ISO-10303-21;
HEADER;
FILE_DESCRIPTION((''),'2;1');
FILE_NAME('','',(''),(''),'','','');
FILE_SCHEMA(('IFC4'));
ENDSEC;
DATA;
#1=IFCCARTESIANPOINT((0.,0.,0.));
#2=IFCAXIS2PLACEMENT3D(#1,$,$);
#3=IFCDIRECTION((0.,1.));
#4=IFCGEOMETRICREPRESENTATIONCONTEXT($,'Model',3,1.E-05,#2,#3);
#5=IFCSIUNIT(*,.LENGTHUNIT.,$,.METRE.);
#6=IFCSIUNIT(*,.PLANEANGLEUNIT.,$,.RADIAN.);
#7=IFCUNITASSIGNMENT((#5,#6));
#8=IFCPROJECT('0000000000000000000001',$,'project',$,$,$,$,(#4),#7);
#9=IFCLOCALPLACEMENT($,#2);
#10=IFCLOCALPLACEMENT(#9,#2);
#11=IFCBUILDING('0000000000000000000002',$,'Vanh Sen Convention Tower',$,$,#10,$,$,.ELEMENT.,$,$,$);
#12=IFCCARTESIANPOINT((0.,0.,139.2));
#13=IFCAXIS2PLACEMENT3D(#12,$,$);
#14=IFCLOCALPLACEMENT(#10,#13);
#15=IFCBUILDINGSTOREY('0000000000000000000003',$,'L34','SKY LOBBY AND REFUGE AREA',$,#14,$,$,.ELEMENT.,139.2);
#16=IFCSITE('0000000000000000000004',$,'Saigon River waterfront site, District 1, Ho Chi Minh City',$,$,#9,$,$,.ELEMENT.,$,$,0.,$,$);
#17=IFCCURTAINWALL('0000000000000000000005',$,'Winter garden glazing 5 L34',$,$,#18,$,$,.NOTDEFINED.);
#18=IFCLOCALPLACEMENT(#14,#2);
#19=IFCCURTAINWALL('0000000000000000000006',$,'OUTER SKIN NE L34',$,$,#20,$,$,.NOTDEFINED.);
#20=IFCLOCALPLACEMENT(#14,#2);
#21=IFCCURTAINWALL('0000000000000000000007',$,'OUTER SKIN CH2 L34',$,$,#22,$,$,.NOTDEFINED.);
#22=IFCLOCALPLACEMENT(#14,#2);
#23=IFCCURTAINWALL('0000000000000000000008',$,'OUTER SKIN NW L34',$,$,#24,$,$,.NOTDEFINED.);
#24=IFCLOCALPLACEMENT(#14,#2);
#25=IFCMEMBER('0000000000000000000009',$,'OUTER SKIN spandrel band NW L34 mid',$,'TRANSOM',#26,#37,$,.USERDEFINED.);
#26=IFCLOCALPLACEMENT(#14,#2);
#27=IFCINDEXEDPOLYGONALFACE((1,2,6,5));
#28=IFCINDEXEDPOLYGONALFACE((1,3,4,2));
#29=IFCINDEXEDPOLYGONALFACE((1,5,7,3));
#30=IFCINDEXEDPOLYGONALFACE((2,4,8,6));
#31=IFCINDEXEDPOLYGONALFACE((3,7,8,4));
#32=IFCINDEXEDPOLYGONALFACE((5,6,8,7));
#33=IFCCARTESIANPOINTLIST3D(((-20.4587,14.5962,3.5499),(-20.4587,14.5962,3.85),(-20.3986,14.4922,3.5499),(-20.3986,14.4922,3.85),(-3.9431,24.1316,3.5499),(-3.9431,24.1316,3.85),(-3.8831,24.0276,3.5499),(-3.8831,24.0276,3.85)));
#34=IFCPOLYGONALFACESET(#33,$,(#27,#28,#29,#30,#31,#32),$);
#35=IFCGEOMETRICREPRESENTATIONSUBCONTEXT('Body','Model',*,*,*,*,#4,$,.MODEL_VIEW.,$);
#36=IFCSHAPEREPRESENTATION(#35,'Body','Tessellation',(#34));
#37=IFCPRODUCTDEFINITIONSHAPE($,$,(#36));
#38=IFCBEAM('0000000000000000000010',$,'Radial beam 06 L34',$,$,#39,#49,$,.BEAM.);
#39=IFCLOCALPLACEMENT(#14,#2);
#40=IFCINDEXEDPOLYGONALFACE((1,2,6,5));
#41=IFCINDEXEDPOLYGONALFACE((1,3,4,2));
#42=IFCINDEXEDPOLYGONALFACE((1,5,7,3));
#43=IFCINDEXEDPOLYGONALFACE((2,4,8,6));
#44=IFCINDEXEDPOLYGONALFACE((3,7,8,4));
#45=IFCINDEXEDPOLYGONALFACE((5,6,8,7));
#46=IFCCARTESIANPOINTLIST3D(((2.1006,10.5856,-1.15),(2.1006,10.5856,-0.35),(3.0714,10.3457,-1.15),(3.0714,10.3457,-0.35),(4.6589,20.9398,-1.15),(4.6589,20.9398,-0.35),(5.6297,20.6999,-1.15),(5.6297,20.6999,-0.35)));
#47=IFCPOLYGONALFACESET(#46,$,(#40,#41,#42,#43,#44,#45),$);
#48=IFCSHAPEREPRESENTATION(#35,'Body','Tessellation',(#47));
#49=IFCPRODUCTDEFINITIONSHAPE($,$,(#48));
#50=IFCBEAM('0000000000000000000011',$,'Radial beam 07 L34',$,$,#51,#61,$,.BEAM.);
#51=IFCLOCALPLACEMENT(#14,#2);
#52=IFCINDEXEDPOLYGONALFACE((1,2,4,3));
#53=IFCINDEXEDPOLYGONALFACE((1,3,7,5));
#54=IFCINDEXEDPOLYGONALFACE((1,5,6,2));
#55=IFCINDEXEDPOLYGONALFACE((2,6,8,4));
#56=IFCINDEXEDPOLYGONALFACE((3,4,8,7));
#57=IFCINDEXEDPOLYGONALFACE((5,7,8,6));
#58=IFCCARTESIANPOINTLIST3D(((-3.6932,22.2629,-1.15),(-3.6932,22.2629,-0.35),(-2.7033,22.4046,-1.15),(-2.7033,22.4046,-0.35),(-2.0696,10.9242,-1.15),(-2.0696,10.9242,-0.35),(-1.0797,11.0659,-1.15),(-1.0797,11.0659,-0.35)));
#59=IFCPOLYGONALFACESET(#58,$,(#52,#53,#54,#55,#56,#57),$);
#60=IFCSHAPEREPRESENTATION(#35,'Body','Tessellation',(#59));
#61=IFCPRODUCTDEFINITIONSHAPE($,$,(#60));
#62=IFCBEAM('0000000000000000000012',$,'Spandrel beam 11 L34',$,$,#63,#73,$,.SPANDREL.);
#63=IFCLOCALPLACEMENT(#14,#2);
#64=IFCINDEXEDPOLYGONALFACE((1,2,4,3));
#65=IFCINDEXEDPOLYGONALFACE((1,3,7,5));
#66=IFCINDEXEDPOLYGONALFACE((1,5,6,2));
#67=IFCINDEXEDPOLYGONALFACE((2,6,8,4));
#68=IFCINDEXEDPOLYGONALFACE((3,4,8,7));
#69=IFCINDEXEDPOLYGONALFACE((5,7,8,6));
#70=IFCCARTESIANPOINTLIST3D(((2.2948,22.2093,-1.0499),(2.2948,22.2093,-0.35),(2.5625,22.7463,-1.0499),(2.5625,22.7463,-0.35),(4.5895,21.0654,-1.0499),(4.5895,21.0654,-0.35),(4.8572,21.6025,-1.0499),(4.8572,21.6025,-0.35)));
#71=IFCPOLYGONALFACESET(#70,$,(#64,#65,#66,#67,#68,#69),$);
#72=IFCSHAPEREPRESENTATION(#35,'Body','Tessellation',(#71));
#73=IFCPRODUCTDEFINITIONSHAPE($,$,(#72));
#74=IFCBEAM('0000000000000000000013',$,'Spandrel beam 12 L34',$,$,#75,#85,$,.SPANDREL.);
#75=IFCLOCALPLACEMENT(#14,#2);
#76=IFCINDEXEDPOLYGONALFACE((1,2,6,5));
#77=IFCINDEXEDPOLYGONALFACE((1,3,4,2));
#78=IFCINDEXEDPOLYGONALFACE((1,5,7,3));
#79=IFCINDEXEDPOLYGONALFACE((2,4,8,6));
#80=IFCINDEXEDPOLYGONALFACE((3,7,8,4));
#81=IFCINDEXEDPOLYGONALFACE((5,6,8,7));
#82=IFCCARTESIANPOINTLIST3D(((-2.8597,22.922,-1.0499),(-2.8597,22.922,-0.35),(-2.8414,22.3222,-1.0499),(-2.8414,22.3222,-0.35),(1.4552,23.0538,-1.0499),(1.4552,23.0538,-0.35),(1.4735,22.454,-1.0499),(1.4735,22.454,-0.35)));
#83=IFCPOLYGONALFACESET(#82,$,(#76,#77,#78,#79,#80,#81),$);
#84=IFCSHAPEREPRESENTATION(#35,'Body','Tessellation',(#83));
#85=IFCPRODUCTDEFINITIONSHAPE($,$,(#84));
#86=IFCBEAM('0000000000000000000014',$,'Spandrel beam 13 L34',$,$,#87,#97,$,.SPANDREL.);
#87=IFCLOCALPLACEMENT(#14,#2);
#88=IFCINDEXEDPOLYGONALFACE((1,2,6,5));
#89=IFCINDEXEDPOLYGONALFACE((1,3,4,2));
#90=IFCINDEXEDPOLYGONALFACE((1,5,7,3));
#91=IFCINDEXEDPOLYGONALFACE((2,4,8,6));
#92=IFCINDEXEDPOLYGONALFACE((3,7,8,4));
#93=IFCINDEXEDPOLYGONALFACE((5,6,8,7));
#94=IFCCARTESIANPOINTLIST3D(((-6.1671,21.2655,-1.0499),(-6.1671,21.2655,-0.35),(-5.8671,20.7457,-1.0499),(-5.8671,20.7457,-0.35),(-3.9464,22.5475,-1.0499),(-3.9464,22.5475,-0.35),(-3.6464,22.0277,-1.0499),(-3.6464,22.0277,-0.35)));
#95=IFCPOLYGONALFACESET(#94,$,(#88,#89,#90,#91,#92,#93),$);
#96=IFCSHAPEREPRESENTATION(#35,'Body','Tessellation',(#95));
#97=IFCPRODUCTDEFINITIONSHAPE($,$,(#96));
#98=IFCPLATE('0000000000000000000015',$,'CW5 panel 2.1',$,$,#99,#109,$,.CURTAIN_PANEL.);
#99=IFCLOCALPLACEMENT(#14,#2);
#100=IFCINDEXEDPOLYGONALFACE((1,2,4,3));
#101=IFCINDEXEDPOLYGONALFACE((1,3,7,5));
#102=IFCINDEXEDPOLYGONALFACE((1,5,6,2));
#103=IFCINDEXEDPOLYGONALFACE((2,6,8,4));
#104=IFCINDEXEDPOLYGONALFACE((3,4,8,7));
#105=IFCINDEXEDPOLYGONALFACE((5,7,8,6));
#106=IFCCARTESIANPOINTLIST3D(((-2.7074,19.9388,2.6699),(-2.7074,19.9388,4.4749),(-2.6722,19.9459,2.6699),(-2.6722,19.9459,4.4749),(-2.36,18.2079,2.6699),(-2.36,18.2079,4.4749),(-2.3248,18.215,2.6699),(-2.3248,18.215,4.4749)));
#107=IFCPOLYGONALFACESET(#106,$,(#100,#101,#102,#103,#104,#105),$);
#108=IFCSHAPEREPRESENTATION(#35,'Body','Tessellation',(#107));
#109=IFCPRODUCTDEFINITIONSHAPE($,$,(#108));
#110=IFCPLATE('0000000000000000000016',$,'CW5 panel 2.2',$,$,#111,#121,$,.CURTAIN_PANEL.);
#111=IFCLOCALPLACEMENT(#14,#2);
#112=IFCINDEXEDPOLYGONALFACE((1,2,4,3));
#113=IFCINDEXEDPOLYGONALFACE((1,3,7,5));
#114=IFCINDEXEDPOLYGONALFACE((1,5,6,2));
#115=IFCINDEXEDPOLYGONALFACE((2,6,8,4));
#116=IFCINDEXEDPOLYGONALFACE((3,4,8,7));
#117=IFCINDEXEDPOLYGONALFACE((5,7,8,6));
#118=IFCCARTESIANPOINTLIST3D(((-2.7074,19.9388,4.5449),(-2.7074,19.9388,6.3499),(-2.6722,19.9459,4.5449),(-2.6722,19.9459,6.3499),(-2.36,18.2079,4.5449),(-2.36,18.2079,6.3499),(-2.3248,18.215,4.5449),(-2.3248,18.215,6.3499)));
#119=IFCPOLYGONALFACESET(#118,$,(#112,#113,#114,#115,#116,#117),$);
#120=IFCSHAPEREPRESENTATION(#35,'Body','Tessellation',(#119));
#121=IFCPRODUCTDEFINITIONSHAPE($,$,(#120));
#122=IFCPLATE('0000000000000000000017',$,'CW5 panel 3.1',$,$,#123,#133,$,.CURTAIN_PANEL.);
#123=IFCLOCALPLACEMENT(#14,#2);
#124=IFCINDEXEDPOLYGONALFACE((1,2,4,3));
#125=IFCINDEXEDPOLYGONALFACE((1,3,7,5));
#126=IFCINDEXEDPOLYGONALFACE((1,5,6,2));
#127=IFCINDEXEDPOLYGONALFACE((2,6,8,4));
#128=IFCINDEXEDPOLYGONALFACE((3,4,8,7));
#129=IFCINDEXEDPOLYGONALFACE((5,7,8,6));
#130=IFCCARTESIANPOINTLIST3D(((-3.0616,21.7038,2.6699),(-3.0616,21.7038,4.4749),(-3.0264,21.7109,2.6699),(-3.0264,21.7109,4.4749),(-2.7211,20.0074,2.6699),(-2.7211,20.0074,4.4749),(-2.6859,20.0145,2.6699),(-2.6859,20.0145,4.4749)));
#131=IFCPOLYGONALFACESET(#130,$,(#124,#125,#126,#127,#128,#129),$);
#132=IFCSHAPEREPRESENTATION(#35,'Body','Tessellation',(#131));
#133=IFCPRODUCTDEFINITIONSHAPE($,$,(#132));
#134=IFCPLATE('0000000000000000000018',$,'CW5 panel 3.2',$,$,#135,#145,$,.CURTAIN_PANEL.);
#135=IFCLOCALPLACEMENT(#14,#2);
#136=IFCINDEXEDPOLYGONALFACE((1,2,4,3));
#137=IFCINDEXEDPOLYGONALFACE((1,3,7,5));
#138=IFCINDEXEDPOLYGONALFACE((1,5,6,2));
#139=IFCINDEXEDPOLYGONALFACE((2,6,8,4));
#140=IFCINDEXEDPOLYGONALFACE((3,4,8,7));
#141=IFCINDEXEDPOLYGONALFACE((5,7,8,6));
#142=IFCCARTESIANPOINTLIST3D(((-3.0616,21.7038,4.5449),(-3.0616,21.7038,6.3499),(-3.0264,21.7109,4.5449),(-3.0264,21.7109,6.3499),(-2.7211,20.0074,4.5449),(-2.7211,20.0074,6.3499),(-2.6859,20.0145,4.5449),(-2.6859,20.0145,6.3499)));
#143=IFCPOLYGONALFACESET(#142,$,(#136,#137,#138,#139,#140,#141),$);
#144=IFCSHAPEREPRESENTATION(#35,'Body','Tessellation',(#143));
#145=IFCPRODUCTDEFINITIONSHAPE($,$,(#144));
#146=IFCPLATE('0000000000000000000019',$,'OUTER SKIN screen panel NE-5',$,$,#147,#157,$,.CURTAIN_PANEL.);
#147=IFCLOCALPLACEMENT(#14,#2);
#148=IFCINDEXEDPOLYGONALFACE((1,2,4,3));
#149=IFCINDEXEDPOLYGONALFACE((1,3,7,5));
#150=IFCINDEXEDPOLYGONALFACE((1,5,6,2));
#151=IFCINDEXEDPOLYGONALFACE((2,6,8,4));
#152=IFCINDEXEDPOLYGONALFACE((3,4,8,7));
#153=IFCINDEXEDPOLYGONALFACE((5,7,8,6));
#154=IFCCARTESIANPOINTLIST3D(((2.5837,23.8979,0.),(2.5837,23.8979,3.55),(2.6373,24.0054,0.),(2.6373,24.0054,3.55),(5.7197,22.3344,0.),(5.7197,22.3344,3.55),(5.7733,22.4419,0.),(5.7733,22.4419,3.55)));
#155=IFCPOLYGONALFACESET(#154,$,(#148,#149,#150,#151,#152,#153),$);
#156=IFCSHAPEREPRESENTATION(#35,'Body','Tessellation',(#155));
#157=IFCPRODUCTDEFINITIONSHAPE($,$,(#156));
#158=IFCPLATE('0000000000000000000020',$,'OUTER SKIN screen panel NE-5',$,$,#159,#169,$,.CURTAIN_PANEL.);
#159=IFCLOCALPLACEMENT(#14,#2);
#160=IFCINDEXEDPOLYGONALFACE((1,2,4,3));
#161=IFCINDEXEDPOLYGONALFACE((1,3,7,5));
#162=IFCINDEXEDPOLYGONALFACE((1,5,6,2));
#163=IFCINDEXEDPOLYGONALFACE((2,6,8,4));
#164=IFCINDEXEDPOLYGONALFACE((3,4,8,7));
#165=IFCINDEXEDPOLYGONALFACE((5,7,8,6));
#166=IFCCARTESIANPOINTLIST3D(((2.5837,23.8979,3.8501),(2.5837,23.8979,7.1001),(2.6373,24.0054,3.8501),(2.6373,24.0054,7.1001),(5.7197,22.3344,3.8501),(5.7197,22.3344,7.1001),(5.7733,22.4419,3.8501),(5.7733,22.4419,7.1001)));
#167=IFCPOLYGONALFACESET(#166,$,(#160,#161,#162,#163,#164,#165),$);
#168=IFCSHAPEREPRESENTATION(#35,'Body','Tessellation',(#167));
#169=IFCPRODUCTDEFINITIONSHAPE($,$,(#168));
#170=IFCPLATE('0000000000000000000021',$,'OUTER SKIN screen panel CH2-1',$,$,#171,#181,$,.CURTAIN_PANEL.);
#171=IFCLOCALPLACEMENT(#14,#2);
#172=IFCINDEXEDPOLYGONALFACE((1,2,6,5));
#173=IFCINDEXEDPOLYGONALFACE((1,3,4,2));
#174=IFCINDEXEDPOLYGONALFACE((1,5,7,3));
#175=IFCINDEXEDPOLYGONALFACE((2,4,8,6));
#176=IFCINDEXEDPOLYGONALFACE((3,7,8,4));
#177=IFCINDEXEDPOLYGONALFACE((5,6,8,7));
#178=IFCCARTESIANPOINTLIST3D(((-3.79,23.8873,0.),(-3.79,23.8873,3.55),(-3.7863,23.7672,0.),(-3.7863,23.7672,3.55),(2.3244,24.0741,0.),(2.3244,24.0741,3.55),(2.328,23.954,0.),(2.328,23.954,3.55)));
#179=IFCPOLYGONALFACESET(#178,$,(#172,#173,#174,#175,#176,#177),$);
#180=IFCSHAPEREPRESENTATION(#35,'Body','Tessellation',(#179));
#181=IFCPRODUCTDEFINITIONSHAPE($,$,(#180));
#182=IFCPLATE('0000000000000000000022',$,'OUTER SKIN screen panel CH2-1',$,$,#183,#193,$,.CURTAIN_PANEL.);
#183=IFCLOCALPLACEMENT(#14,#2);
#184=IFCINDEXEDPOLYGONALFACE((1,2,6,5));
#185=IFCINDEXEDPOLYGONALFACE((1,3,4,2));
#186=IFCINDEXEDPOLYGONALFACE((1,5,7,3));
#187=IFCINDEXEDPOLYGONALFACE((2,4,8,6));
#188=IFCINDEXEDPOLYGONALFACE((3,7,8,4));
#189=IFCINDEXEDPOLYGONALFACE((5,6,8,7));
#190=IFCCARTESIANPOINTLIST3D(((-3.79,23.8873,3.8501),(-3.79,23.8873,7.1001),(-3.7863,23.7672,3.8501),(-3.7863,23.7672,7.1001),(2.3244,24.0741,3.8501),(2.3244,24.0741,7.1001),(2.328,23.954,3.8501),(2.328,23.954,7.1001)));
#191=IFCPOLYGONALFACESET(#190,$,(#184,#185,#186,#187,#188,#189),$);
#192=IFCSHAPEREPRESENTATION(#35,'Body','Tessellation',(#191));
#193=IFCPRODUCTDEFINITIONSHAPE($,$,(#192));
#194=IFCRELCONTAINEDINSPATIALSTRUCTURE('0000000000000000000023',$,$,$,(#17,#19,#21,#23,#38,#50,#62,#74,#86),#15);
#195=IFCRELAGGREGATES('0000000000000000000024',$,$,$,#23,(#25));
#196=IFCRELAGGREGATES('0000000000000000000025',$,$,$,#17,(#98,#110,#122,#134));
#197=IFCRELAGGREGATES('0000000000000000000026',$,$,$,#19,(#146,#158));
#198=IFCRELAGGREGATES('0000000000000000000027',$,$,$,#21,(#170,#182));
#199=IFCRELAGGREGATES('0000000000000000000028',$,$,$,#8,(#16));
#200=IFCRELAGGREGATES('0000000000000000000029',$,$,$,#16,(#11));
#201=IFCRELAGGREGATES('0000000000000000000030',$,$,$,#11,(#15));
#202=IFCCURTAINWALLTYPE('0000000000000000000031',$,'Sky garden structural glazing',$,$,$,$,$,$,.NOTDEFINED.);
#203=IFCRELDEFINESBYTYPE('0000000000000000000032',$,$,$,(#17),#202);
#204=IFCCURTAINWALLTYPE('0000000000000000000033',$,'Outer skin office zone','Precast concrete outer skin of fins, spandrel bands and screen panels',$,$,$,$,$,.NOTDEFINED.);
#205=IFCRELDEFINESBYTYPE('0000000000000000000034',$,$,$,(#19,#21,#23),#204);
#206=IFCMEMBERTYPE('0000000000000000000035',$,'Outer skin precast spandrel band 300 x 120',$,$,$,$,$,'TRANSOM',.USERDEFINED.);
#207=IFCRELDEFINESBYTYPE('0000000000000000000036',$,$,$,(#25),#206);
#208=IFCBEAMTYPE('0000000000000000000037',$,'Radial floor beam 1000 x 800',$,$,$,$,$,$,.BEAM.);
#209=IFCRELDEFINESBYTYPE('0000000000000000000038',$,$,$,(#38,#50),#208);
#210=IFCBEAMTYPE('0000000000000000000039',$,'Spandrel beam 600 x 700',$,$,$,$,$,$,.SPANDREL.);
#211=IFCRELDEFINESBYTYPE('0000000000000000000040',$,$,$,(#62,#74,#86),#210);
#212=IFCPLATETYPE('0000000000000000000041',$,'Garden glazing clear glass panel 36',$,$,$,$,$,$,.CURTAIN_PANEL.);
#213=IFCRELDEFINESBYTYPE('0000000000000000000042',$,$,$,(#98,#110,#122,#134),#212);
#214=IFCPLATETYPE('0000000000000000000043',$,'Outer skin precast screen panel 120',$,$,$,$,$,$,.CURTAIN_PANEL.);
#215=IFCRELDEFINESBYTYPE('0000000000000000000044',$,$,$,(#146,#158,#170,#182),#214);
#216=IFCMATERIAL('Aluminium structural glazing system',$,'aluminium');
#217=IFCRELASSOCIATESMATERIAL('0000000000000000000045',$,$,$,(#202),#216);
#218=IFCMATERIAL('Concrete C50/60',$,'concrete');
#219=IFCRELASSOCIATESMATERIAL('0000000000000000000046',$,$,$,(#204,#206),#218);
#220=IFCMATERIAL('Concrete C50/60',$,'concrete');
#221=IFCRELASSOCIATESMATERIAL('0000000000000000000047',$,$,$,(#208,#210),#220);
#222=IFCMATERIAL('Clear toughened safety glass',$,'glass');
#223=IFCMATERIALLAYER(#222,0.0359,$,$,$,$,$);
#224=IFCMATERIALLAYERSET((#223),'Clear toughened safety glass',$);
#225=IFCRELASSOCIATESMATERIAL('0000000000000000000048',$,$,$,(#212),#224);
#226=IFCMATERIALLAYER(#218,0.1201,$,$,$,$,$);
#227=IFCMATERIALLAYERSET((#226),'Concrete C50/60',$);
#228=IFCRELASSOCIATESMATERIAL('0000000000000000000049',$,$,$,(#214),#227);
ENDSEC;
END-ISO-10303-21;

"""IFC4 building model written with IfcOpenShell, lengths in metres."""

from ifc_helpers import new_model, si_unit, direction, frame, origin, origin_2d, place, context, subcontext, project, spatial, rectangle, extrude, material, layer, layer_set, material_profile, profile_set, type_object, element, aggregate, save


model = new_model("IFC4")

# Units and contexts
model_context = context("Model", 3, precision=1e-05, world=origin(), true_north=direction((0.0, 1.0)))
body_context = subcontext(model_context, "Body", "Model", "MODEL_VIEW")
ifc_project = project(units=[si_unit("LENGTHUNIT", "METRE"), si_unit("PLANEANGLEUNIT", "RADIAN")], contexts=[model_context])

# Site, building, storey
site_placement = place(None, origin())
site = spatial("IfcSite", under=ifc_project, at=site_placement, Name="Saigon River waterfront site, District 1, Ho Chi Minh City", CompositionType="ELEMENT", RefElevation=0.0)
building_placement = place(site_placement, origin())
building = spatial("IfcBuilding", under=site, at=building_placement, Name="Vanh Sen Convention Tower", CompositionType="ELEMENT")
storey_placement = place(building_placement, frame((0.0, 0.0, 139.2)))
storey = spatial("IfcBuildingStorey", under=building, at=storey_placement, Name="L34", Description="SKY LOBBY AND REFUGE AREA", CompositionType="ELEMENT", Elevation=139.2)

# Curtain wall
ifc_material_1 = material(Name="Aluminium structural glazing system", Category="aluminium")
curtain_wall_type_1 = type_object("IfcCurtainWallType", Name="Sky garden structural glazing", PredefinedType="NOTDEFINED", material=ifc_material_1)
curtain_wall_1_placement = place(storey_placement, origin())
curtain_wall_1 = element("IfcCurtainWall", 1, at=curtain_wall_1_placement, inside=storey, type_object=curtain_wall_type_1, Name="Winter garden glazing 5 L34", PredefinedType="NOTDEFINED")

# Curtain wall
ifc_material_2 = material(Name="Concrete C50/60", Category="concrete")
curtain_wall_type_2 = type_object("IfcCurtainWallType", Name="Outer skin office zone", Description="Precast concrete outer skin of fins, spandrel bands and screen panels", PredefinedType="NOTDEFINED", material=ifc_material_2)
curtain_wall_2_placement = place(storey_placement, origin())
curtain_wall_2 = element("IfcCurtainWall", 2, at=curtain_wall_2_placement, inside=storey, type_object=curtain_wall_type_2, Name="OUTER SKIN NE L34", PredefinedType="NOTDEFINED")

# Curtain wall
curtain_wall_3_placement = place(storey_placement, origin())
curtain_wall_3 = element("IfcCurtainWall", 3, at=curtain_wall_3_placement, inside=storey, type_object=curtain_wall_type_2, Name="OUTER SKIN CH2 L34", PredefinedType="NOTDEFINED")
ifc_material_profile_1 = material_profile(ifc_material_2, rectangle(XDim=0.1201, YDim=0.3, at=origin_2d()), Name="Outer skin precast spandrel band 300 x 120")
ifc_profile_set_1 = profile_set([ifc_material_profile_1], Name="Concrete C50/60")
member_type_1 = type_object("IfcMemberType", Name="Outer skin precast spandrel band 300 x 120", ElementType="TRANSOM", PredefinedType="USERDEFINED", material=ifc_profile_set_1)

# Curtain wall, member
curtain_wall_4_placement = place(storey_placement, origin())
curtain_wall_4 = element("IfcCurtainWall", 4, at=curtain_wall_4_placement, inside=storey, type_object=curtain_wall_type_2, Name="OUTER SKIN NW L34", PredefinedType="NOTDEFINED")
member_1_placement = place(storey_placement, frame((-3.9131, 24.0796, 3.7), z_axis=(-0.866023, -0.500004, 0.0), x_axis=(0.500004, -0.866023, 0.0)))
member_1 = element("IfcMember", 5, at=member_1_placement, type_object=member_type_1, Name="OUTER SKIN spandrel band NW L34 mid", ObjectType="TRANSOM", PredefinedType="USERDEFINED", context=body_context, shape_type="SweptSolid", body=[
    extrude(rectangle(XDim=0.1201, YDim=0.3, at=origin_2d()), origin(), (0.0, 0.0, 1.0), 19.0706),
])
aggregate(curtain_wall_4, [member_1])

# Beams
ifc_material_3 = material(Name="Concrete C50/60", Category="concrete")
ifc_material_profile_2 = material_profile(ifc_material_3, rectangle(XDim=1.0, YDim=0.8, at=origin_2d()), Name="RC 1000X800")
ifc_profile_set_2 = profile_set([ifc_material_profile_2], Name="Concrete C50/60")
beam_type_1 = type_object("IfcBeamType", Name="Radial floor beam 1000 x 800", PredefinedType="BEAM", material=ifc_profile_set_2)
beam_1_placement = place(storey_placement, frame((5.1443, 20.8198, -0.75), z_axis=(-0.239869, -0.970805, 0.0), x_axis=(0.970805, -0.239869, 0.0)))
element("IfcBeam", 6, at=beam_1_placement, inside=storey, type_object=beam_type_1, Name="Radial beam 06 L34", PredefinedType="BEAM", context=body_context, shape_type="SweptSolid", body=[
    extrude(rectangle(XDim=1.0, YDim=0.8, at=origin_2d()), origin(), (0.0, 0.0, 1.0), 10.6655),
])
beam_2_placement = place(storey_placement, frame((-3.1982, 22.3337, -0.75), z_axis=(0.141741, -0.989904, 0.0), x_axis=(0.989904, 0.141741, 0.0)))
element("IfcBeam", 7, at=beam_2_placement, inside=storey, type_object=beam_type_1, Name="Radial beam 07 L34", PredefinedType="BEAM", context=body_context, shape_type="SweptSolid", body=[
    extrude(rectangle(XDim=1.0, YDim=0.8, at=origin_2d()), origin(), (0.0, 0.0, 1.0), 11.4543),
])
ifc_material_profile_3 = material_profile(ifc_material_3, rectangle(XDim=0.6001, YDim=0.7, at=origin_2d()), Name="RC 600X700")
ifc_profile_set_3 = profile_set([ifc_material_profile_3], Name="Concrete C50/60")
beam_type_2 = type_object("IfcBeamType", Name="Spandrel beam 600 x 700", PredefinedType="SPANDREL", material=ifc_profile_set_3)
beam_3_placement = place(storey_placement, frame((4.7234, 21.334, -0.7), z_axis=(-0.894979, 0.446109, 0.0), x_axis=(-0.446109, -0.894979, 0.0)))
element("IfcBeam", 8, at=beam_3_placement, inside=storey, type_object=beam_type_2, Name="Spandrel beam 11 L34", PredefinedType="SPANDREL", context=body_context, shape_type="SweptSolid", body=[
    extrude(rectangle(XDim=0.6001, YDim=0.7, at=origin_2d()), origin(), (0.0, 0.0, 1.0), 2.564),
])
beam_4_placement = place(storey_placement, frame((1.4644, 22.7539, -0.7), z_axis=(-0.999534, -0.030539, 0.0), x_axis=(0.030539, -0.999534, 0.0)))
element("IfcBeam", 9, at=beam_4_placement, inside=storey, type_object=beam_type_2, Name="Spandrel beam 12 L34", PredefinedType="SPANDREL", context=body_context, shape_type="SweptSolid", body=[
    extrude(rectangle(XDim=0.6001, YDim=0.7, at=origin_2d()), origin(), (0.0, 0.0, 1.0), 4.3169),
])
beam_5_placement = place(storey_placement, frame((-3.7964, 22.2876, -0.7), z_axis=(-0.866049, -0.499959, 0.0), x_axis=(0.499959, -0.866049, 0.0)))
element("IfcBeam", 10, at=beam_5_placement, inside=storey, type_object=beam_type_2, Name="Spandrel beam 13 L34", PredefinedType="SPANDREL", context=body_context, shape_type="SweptSolid", body=[
    extrude(rectangle(XDim=0.6001, YDim=0.7, at=origin_2d()), origin(), (0.0, 0.0, 1.0), 2.5642),
])

# Plates
ifc_material_4 = material(Name="Clear toughened safety glass", Category="glass")
ifc_layer_1 = layer(ifc_material_4, 0.0359)
ifc_layer_set_1 = layer_set([ifc_layer_1], Name="Clear toughened safety glass")
plate_type_1 = type_object("IfcPlateType", Name="Garden glazing clear glass panel 36", PredefinedType="CURTAIN_PANEL", material=ifc_layer_set_1)
plate_1_placement = place(storey_placement, frame((-2.5161, 19.0769, 2.6699), z_axis=(0.0, 0.0, 1.0), x_axis=(-0.19679, 0.980446, 0.0)))
plate_1 = element("IfcPlate", 11, at=plate_1_placement, type_object=plate_type_1, Name="CW5 panel 2.1", PredefinedType="CURTAIN_PANEL", context=body_context, shape_type="SweptSolid", body=[
    extrude(rectangle(XDim=1.7654, YDim=0.0359, at=origin_2d()), origin(), (0.0, 0.0, 1.0), 1.8049),
])
plate_2_placement = place(storey_placement, frame((-2.5161, 19.0769, 4.5449), z_axis=(0.0, 0.0, 1.0), x_axis=(-0.19679, 0.980446, 0.0)))
plate_2 = element("IfcPlate", 12, at=plate_2_placement, type_object=plate_type_1, Name="CW5 panel 2.2", PredefinedType="CURTAIN_PANEL", context=body_context, shape_type="SweptSolid", body=[
    extrude(rectangle(XDim=1.7654, YDim=0.0359, at=origin_2d()), origin(), (0.0, 0.0, 1.0), 1.8049),
])
plate_3_placement = place(storey_placement, frame((-2.8738, 20.8591, 2.6699), z_axis=(0.0, 0.0, 1.0), x_axis=(-0.19679, 0.980446, 0.0)))
plate_3 = element("IfcPlate", 13, at=plate_3_placement, type_object=plate_type_1, Name="CW5 panel 3.1", PredefinedType="CURTAIN_PANEL", context=body_context, shape_type="SweptSolid", body=[
    extrude(rectangle(XDim=1.7302, YDim=0.0359, at=origin_2d()), origin(), (0.0, 0.0, 1.0), 1.8049),
])
plate_4_placement = place(storey_placement, frame((-2.8738, 20.8591, 4.5449), z_axis=(0.0, 0.0, 1.0), x_axis=(-0.19679, 0.980446, 0.0)))
plate_4 = element("IfcPlate", 14, at=plate_4_placement, type_object=plate_type_1, Name="CW5 panel 3.2", PredefinedType="CURTAIN_PANEL", context=body_context, shape_type="SweptSolid", body=[
    extrude(rectangle(XDim=1.7302, YDim=0.0359, at=origin_2d()), origin(), (0.0, 0.0, 1.0), 1.8049),
])
aggregate(curtain_wall_1, [plate_1, plate_2, plate_3, plate_4])
ifc_layer_2 = layer(ifc_material_2, 0.1201)
ifc_layer_set_2 = layer_set([ifc_layer_2], Name="Concrete C50/60")
plate_type_2 = type_object("IfcPlateType", Name="Outer skin precast screen panel 120", PredefinedType="CURTAIN_PANEL", material=ifc_layer_set_2)
plate_5_placement = place(storey_placement, frame((4.1785, 23.1699, 0.0), z_axis=(0.0, 0.0, 1.0), x_axis=(-0.894944, 0.446179, 0.0)))
plate_5 = element("IfcPlate", 15, at=plate_5_placement, type_object=plate_type_2, Name="OUTER SKIN screen panel NE-5", PredefinedType="CURTAIN_PANEL", context=body_context, shape_type="SweptSolid", body=[
    extrude(rectangle(XDim=3.5042, YDim=0.1201, at=origin_2d()), origin(), (0.0, 0.0, 1.0), 3.55),
])
plate_6_placement = place(storey_placement, frame((4.1785, 23.1699, 3.8501), z_axis=(0.0, 0.0, 1.0), x_axis=(-0.894944, 0.446179, 0.0)))
plate_6 = element("IfcPlate", 16, at=plate_6_placement, type_object=plate_type_2, Name="OUTER SKIN screen panel NE-5", PredefinedType="CURTAIN_PANEL", context=body_context, shape_type="SweptSolid", body=[
    extrude(rectangle(XDim=3.5042, YDim=0.1201, at=origin_2d()), origin(), (0.0, 0.0, 1.0), 3.25),
])
aggregate(curtain_wall_2, [plate_5, plate_6])
plate_7_placement = place(storey_placement, frame((-0.731, 23.9207, 0.0), z_axis=(0.0, 0.0, 1.0), x_axis=(-0.999534, -0.030539, 0.0)))
plate_7 = element("IfcPlate", 17, at=plate_7_placement, type_object=plate_type_2, Name="OUTER SKIN screen panel CH2-1", PredefinedType="CURTAIN_PANEL", context=body_context, shape_type="SweptSolid", body=[
    extrude(rectangle(XDim=6.1172, YDim=0.1201, at=origin_2d()), origin(), (0.0, 0.0, 1.0), 3.55),
])
plate_8_placement = place(storey_placement, frame((-0.731, 23.9207, 3.8501), z_axis=(0.0, 0.0, 1.0), x_axis=(-0.999534, -0.030539, 0.0)))
plate_8 = element("IfcPlate", 18, at=plate_8_placement, type_object=plate_type_2, Name="OUTER SKIN screen panel CH2-1", PredefinedType="CURTAIN_PANEL", context=body_context, shape_type="SweptSolid", body=[
    extrude(rectangle(XDim=6.1172, YDim=0.1201, at=origin_2d()), origin(), (0.0, 0.0, 1.0), 3.25),
])
aggregate(curtain_wall_3, [plate_7, plate_8])

save(model, "model.ifc")
